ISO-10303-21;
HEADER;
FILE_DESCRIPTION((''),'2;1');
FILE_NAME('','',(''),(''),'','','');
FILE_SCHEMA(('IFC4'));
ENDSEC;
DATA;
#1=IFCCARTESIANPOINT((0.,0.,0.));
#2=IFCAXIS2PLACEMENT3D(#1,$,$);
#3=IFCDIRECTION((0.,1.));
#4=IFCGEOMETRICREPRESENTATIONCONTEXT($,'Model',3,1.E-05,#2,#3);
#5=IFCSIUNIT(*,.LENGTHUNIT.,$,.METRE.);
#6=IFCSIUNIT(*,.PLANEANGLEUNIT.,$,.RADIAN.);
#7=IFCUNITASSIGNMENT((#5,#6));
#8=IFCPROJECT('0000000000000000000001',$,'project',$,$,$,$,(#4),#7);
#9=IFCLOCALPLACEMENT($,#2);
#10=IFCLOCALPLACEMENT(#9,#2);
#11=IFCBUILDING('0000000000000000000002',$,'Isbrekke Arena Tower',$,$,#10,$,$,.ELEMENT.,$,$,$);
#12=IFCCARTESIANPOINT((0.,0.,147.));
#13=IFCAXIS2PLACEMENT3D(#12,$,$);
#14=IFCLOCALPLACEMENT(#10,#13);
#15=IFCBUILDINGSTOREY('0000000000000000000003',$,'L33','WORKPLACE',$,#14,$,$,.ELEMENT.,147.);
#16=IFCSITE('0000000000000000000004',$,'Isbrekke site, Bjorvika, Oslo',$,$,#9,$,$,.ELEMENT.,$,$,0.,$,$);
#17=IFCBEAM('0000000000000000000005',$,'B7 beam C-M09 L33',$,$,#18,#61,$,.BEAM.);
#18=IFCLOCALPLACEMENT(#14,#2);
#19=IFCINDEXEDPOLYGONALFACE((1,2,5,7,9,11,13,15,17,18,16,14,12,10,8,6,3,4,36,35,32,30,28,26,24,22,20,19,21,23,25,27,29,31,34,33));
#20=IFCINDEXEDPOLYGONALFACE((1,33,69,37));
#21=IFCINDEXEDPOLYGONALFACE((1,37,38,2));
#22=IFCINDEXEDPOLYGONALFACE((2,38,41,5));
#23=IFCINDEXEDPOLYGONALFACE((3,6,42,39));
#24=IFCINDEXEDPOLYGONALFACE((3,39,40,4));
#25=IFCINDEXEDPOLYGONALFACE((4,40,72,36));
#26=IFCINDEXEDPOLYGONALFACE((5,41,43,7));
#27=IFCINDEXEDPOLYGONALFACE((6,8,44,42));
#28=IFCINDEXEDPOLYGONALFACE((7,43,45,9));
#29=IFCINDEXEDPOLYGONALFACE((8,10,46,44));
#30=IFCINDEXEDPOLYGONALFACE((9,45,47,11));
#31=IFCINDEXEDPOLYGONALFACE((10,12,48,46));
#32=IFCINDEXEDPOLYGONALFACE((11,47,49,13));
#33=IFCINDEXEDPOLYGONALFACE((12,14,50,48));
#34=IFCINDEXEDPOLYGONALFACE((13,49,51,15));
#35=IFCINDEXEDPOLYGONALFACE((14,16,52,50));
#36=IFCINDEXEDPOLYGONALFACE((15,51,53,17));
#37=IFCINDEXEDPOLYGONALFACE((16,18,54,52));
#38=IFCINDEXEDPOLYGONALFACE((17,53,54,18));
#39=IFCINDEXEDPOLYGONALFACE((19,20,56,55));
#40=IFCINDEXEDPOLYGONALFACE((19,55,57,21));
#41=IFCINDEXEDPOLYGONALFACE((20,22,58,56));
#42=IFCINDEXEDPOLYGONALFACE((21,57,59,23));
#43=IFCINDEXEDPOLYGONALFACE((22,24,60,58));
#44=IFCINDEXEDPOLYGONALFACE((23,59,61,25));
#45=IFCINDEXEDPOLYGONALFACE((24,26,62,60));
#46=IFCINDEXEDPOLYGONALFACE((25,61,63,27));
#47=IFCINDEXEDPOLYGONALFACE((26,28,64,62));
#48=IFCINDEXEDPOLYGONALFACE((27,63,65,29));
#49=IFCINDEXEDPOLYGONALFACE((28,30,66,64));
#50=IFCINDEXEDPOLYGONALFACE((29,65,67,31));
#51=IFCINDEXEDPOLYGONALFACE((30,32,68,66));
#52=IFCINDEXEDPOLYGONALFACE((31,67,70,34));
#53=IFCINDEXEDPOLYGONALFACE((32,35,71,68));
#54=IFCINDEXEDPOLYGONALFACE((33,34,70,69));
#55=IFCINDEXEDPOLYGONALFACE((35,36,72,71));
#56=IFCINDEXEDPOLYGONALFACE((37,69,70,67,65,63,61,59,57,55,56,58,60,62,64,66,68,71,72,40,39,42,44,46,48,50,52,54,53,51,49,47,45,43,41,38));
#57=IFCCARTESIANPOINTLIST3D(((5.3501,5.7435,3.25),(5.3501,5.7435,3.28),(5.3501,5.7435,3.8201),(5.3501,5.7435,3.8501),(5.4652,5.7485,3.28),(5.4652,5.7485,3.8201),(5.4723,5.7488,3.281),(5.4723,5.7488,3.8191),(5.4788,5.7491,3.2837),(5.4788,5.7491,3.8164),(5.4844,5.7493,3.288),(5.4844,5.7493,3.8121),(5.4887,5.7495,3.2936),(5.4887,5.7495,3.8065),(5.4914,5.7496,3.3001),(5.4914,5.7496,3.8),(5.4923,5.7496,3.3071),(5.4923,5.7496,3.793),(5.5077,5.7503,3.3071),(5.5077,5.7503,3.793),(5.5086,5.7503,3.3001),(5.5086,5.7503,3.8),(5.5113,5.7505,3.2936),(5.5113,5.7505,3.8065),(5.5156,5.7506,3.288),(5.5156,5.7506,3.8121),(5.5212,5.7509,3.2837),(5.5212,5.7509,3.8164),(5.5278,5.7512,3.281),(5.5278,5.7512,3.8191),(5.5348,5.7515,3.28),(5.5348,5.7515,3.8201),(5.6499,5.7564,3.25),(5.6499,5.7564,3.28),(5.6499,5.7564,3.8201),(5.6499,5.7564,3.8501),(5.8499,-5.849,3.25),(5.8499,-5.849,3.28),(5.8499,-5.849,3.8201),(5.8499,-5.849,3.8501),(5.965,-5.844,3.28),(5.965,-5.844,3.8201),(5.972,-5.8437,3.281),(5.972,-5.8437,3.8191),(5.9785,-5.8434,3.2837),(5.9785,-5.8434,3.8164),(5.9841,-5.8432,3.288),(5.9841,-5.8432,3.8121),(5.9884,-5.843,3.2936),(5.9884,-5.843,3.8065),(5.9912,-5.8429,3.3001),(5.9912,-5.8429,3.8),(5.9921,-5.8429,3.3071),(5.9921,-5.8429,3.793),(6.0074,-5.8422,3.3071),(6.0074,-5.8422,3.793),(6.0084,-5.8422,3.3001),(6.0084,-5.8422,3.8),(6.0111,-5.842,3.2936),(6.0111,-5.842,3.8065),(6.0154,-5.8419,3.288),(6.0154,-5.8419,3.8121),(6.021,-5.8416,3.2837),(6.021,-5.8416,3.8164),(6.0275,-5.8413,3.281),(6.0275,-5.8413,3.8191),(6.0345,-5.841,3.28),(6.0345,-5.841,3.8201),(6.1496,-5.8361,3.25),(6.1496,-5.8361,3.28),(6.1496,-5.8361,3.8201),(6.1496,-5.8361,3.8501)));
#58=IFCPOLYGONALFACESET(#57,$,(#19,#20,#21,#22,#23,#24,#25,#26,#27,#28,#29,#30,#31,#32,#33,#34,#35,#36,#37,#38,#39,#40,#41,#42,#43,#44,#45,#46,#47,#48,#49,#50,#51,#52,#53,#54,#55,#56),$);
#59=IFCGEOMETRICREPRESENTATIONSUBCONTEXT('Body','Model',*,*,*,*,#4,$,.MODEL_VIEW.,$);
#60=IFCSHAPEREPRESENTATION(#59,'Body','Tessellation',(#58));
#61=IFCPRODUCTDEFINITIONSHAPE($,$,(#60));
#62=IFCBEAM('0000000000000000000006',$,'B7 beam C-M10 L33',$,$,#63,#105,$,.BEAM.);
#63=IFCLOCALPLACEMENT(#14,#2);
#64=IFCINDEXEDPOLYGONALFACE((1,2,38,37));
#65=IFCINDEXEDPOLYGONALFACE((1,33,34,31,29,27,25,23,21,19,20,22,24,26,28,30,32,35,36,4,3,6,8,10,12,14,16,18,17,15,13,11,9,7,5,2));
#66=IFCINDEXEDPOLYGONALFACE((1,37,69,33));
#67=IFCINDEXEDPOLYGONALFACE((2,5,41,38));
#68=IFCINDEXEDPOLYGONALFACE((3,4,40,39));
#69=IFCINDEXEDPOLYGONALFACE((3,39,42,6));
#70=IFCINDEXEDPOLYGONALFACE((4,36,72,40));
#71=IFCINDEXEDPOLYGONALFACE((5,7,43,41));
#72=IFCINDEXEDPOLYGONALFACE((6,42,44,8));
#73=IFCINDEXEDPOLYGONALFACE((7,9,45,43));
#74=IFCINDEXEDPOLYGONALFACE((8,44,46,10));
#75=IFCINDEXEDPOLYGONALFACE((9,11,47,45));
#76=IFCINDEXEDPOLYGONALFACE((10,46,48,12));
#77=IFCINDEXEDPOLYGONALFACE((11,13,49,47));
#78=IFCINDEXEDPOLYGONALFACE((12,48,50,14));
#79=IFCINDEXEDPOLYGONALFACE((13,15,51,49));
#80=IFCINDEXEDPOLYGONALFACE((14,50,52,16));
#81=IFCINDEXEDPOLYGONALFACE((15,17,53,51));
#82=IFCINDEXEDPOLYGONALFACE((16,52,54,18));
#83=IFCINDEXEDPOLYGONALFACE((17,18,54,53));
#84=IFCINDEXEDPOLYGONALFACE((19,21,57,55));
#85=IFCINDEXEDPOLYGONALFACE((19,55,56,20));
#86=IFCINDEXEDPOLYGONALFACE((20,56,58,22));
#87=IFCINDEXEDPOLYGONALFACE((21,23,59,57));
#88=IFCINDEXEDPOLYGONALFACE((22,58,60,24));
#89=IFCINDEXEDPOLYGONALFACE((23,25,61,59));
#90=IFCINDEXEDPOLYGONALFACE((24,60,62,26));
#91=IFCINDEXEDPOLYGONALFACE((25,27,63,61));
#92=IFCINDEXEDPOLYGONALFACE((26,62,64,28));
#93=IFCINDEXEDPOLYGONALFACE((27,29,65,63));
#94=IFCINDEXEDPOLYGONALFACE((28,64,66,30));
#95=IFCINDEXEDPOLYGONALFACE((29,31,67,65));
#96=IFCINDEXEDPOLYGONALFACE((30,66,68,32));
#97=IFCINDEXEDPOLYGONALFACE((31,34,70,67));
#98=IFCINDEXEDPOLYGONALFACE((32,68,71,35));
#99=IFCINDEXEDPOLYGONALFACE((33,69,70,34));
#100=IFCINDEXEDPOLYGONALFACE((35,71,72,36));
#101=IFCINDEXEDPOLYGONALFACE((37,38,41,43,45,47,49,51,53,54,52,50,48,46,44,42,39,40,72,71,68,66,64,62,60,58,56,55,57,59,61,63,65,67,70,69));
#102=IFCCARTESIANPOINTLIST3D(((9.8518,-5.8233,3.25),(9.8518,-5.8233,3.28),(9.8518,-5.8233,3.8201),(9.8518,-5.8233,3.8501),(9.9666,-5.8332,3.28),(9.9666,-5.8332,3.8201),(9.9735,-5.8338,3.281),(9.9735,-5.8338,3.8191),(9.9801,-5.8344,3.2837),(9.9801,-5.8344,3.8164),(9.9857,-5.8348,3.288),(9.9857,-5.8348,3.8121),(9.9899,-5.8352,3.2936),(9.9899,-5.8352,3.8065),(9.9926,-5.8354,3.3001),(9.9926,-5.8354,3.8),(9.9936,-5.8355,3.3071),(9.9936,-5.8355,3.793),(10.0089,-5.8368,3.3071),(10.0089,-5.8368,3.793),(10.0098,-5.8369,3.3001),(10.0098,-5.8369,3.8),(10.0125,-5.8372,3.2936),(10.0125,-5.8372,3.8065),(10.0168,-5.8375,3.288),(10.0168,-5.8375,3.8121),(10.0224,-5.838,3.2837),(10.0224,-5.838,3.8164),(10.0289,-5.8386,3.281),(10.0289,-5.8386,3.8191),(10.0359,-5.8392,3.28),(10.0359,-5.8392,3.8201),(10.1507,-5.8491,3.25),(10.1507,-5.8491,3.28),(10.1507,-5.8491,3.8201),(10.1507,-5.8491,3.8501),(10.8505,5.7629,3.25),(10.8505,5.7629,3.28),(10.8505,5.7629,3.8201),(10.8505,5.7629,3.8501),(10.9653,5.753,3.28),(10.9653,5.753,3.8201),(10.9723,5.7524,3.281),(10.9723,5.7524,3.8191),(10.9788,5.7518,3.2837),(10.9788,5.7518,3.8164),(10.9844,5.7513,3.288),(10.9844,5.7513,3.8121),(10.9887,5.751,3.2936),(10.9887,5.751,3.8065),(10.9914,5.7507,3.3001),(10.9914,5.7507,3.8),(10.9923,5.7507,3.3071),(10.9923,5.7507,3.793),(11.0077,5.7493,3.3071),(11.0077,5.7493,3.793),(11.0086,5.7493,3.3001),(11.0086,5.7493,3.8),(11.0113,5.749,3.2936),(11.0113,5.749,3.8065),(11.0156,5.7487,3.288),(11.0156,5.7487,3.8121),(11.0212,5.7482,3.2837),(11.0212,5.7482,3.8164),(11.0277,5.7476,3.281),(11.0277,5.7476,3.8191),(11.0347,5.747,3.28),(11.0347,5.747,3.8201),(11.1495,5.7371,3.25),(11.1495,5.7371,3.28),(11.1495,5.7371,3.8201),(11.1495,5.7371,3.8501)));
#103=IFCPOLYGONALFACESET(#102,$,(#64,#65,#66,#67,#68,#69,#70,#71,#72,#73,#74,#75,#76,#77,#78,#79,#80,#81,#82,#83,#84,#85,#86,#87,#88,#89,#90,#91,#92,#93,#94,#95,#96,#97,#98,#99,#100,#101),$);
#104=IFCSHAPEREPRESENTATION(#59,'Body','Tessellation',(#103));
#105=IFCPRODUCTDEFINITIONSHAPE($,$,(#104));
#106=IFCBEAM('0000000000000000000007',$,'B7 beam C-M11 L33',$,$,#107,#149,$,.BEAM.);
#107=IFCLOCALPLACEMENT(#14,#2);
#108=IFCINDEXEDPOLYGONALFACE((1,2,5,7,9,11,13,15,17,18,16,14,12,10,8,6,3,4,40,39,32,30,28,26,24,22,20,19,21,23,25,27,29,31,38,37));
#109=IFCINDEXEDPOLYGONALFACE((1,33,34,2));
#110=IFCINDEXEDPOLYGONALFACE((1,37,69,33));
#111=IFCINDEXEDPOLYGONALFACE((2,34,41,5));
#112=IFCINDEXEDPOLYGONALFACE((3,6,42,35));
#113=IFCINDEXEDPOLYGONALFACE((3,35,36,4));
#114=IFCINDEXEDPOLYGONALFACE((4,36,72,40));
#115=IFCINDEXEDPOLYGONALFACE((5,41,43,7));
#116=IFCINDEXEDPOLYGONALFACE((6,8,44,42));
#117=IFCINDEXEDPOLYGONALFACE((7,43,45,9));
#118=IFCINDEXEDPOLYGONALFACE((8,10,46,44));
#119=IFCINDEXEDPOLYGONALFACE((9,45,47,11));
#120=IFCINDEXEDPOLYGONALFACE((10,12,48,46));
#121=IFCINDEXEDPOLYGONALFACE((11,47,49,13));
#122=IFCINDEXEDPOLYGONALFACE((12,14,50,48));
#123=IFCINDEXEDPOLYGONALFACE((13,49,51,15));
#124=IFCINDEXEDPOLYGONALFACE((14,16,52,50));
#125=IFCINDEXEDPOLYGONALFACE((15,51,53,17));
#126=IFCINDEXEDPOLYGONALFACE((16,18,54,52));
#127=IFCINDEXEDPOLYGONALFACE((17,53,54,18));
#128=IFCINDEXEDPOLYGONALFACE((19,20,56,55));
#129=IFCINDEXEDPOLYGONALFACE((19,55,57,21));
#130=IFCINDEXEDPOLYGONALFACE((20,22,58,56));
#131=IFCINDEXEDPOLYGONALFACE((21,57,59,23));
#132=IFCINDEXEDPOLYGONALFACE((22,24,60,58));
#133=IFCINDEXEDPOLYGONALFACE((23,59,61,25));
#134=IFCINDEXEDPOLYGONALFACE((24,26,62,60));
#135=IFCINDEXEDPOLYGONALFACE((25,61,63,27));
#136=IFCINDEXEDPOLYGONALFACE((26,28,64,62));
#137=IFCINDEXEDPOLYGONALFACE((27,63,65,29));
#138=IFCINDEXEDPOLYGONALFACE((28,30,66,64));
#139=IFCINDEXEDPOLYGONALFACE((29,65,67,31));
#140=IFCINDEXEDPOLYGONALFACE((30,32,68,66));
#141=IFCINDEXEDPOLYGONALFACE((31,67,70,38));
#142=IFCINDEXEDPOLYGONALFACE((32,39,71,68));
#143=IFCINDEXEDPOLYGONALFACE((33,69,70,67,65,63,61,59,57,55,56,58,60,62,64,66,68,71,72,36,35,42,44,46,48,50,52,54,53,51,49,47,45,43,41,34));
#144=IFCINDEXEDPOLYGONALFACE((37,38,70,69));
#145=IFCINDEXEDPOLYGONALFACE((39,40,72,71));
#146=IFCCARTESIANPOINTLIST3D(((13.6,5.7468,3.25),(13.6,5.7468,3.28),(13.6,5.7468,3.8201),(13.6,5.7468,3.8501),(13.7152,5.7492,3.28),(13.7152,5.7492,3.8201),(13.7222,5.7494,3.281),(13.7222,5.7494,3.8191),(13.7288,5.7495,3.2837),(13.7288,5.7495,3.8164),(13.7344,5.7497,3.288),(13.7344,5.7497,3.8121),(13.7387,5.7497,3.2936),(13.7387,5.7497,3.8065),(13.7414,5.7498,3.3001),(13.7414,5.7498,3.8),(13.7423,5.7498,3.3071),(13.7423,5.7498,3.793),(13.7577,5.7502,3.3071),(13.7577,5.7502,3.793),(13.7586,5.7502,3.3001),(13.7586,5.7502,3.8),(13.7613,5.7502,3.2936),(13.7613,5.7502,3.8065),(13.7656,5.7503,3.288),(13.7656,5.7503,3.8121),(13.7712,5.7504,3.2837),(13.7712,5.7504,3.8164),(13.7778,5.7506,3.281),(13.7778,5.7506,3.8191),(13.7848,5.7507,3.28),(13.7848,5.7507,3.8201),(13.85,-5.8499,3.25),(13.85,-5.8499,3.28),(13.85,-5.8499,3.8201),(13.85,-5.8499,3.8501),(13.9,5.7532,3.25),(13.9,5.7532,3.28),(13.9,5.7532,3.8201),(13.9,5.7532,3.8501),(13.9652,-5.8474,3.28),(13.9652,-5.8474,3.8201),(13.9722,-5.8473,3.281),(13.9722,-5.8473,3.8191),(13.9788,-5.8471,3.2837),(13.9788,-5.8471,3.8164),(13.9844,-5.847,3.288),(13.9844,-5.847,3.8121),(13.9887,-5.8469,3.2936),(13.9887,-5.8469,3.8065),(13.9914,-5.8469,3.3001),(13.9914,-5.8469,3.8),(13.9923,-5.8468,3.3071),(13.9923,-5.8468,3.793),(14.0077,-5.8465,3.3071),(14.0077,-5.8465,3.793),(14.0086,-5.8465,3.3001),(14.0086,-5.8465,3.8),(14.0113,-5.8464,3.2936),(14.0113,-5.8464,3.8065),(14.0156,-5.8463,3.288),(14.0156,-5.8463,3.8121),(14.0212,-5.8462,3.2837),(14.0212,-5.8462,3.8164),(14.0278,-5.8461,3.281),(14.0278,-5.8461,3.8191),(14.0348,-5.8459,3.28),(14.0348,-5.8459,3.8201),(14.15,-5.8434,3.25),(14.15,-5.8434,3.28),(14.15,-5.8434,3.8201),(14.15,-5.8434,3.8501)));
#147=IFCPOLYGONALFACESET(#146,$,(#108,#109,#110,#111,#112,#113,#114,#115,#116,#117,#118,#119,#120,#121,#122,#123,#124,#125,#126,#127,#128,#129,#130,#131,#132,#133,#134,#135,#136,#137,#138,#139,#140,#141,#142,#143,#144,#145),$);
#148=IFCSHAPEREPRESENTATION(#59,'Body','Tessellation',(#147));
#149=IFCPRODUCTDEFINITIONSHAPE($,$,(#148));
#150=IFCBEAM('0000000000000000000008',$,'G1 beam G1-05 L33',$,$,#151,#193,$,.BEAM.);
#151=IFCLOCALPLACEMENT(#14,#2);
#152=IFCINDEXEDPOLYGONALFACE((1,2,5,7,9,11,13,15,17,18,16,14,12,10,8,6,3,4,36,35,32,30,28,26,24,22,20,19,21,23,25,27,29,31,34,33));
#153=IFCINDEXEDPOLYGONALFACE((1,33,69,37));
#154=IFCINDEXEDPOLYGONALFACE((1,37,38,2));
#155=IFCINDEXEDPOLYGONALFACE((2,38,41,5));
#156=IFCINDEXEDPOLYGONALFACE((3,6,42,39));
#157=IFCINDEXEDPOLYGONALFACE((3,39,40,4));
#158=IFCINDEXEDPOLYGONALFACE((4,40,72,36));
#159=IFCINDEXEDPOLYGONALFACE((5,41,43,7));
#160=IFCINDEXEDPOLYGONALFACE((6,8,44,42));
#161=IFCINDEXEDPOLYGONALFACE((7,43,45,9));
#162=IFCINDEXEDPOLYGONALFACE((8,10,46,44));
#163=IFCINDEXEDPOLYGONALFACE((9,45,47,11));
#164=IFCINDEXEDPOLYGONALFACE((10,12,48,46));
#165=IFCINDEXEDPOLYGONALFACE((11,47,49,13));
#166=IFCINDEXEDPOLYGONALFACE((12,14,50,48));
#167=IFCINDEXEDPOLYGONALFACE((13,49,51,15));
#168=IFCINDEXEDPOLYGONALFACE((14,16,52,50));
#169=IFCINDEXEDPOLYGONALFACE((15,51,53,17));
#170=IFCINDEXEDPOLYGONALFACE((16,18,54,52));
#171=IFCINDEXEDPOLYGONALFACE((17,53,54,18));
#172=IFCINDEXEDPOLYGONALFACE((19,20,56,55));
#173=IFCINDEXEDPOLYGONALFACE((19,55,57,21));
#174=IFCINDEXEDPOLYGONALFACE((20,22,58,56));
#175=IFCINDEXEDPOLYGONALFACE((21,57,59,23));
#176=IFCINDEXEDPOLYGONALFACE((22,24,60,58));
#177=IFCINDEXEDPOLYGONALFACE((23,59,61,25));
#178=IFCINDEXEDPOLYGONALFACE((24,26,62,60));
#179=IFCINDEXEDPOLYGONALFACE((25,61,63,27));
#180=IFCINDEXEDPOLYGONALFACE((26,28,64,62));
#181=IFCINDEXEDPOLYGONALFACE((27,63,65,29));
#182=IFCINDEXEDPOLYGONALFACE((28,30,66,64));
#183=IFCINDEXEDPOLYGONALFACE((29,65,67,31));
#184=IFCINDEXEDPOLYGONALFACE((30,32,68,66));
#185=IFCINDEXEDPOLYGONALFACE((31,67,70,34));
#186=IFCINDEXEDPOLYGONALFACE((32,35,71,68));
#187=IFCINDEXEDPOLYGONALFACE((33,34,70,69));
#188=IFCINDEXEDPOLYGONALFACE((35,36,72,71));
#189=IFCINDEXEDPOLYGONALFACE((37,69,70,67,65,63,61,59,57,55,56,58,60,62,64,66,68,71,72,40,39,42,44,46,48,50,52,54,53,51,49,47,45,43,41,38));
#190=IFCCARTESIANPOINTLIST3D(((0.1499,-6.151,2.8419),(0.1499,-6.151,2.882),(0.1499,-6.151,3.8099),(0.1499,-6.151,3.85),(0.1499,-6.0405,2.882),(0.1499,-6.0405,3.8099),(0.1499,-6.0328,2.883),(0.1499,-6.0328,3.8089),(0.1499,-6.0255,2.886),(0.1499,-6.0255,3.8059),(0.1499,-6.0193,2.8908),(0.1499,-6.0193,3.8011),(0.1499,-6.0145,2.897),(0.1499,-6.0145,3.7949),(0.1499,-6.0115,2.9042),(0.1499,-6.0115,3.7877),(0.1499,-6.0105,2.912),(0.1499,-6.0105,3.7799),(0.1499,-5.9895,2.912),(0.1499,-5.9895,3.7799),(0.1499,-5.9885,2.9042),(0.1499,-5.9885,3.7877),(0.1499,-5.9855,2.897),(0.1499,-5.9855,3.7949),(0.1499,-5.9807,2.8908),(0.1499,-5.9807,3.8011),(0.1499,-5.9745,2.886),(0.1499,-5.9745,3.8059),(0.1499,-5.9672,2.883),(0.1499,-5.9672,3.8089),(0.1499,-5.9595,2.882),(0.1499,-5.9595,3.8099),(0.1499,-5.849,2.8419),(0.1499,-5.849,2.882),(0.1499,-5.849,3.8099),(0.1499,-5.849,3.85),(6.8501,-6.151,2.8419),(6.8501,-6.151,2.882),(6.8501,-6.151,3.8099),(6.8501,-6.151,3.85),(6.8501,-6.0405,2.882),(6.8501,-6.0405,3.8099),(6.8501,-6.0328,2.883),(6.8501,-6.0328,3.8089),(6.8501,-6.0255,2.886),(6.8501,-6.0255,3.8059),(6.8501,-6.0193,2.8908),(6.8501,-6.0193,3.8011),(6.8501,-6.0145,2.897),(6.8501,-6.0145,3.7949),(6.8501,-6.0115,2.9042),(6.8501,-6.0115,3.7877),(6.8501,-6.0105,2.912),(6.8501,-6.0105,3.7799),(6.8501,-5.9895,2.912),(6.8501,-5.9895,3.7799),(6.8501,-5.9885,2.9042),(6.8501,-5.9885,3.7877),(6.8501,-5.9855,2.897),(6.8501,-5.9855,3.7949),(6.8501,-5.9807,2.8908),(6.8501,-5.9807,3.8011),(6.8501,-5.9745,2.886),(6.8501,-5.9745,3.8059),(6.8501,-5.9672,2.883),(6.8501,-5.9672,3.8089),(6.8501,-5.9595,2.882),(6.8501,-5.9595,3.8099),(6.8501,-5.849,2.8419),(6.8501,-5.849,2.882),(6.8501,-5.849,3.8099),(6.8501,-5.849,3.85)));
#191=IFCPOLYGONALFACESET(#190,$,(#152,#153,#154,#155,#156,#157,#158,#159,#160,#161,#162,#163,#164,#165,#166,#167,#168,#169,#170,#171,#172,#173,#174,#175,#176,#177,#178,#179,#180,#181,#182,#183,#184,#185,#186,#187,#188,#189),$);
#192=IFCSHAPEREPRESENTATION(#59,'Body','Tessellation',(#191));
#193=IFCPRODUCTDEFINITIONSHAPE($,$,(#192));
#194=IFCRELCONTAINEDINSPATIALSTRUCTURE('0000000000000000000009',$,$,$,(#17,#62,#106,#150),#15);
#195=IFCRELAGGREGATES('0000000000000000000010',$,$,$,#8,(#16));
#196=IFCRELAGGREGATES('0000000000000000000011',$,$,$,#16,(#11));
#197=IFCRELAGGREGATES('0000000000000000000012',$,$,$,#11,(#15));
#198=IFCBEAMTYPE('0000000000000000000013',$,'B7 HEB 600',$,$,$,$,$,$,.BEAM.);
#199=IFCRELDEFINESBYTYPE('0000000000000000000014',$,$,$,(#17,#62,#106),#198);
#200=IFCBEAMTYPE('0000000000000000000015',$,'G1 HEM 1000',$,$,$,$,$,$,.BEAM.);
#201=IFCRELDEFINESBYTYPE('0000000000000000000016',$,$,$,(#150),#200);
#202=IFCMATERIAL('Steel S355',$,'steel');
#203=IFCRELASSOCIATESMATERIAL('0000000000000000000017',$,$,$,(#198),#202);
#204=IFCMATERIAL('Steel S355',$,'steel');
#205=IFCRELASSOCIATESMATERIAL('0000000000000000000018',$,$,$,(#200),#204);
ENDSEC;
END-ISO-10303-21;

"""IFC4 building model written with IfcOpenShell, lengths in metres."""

from ifc_helpers import new_model, si_unit, direction, frame, origin, origin_2d, place, context, subcontext, project, spatial, i_section, extrude, material, material_profile, profile_set, type_object, element, save


model = new_model("IFC4")

# Units and contexts
model_context = context("Model", 3, precision=1e-05, world=origin(), true_north=direction((0.0, 1.0)))
body_context = subcontext(model_context, "Body", "Model", "MODEL_VIEW")
ifc_project = project(units=[si_unit("LENGTHUNIT", "METRE"), si_unit("PLANEANGLEUNIT", "RADIAN")], contexts=[model_context])

# Site, building, storey
site_placement = place(None, origin())
site = spatial("IfcSite", under=ifc_project, at=site_placement, Name="Isbrekke site, Bjorvika, Oslo", CompositionType="ELEMENT", RefElevation=0.0)
building_placement = place(site_placement, origin())
building = spatial("IfcBuilding", under=site, at=building_placement, Name="Isbrekke Arena Tower", CompositionType="ELEMENT")
storey_placement = place(building_placement, frame((0.0, 0.0, 147.0)))
storey = spatial("IfcBuildingStorey", under=building, at=storey_placement, Name="L33", Description="WORKPLACE", CompositionType="ELEMENT", Elevation=147.0)

# Beams
ifc_material_1 = material(Name="Steel S355", Category="steel")
ifc_material_profile_1 = material_profile(ifc_material_1, i_section(OverallWidth=0.3, OverallDepth=0.6001, WebThickness=0.0154, FlangeThickness=0.03, FilletRadius=0.0271, at=origin_2d()), Name="HEB 600")
ifc_profile_set_1 = profile_set([ifc_material_profile_1], Name="Steel S355")
beam_type_1 = type_object("IfcBeamType", Name="B7 HEB 600", PredefinedType="BEAM", material=ifc_profile_set_1)
beam_1_placement = place(storey_placement, frame((5.9998, -5.8425, 3.55), z_axis=(-0.04307, 0.999072, 0.0), x_axis=(-0.999072, -0.04307, 0.0)))
element("IfcBeam", 1, at=beam_1_placement, inside=storey, type_object=beam_type_1, Name="B7 beam C-M09 L33", PredefinedType="BEAM", context=body_context, shape_type="SweptSolid", body=[
    extrude(i_section(OverallWidth=0.3, OverallDepth=0.6001, WebThickness=0.0154, FlangeThickness=0.03, FilletRadius=0.0271, at=origin_2d()), origin(), (0.0, 0.0, 1.0), 11.6033),
])
beam_2_placement = place(storey_placement, frame((10.0012, -5.8362, 3.55), z_axis=(0.085886, 0.996305, 0.0), x_axis=(-0.996305, 0.085886, 0.0)))
element("IfcBeam", 2, at=beam_2_placement, inside=storey, type_object=beam_type_1, Name="B7 beam C-M10 L33", PredefinedType="BEAM", context=body_context, shape_type="SweptSolid", body=[
    extrude(i_section(OverallWidth=0.3, OverallDepth=0.6001, WebThickness=0.0154, FlangeThickness=0.03, FilletRadius=0.0271, at=origin_2d()), origin(), (0.0, 0.0, 1.0), 11.6292),
])
beam_3_placement = place(storey_placement, frame((14.0, -5.8467, 3.55), z_axis=(-0.021553, 0.999768, 0.0), x_axis=(-0.999768, -0.021553, 0.0)))
element("IfcBeam", 3, at=beam_3_placement, inside=storey, type_object=beam_type_1, Name="B7 beam C-M11 L33", PredefinedType="BEAM", context=body_context, shape_type="SweptSolid", body=[
    extrude(i_section(OverallWidth=0.3, OverallDepth=0.6001, WebThickness=0.0154, FlangeThickness=0.03, FilletRadius=0.0271, at=origin_2d()), origin(), (0.0, 0.0, 1.0), 11.5994),
])
ifc_material_2 = material(Name="Steel S355", Category="steel")
ifc_material_profile_2 = material_profile(ifc_material_2, i_section(OverallWidth=0.302, OverallDepth=1.0081, WebThickness=0.021, FlangeThickness=0.04, FilletRadius=0.03, at=origin_2d()), Name="HEM 1000")
ifc_profile_set_2 = profile_set([ifc_material_profile_2], Name="Steel S355")
beam_type_2 = type_object("IfcBeamType", Name="G1 HEM 1000", PredefinedType="BEAM", material=ifc_profile_set_2)
for number, where, z_axis, x_axis, name in (
    (4, (0.1499, -6.0, 3.3459), (1.0, 0.0, 0.0), (0.0, 1.0, 0.0), "G1 beam G1-05 L33"),
):
    element("IfcBeam", number, at=place(storey_placement, frame(where, z_axis=z_axis, x_axis=x_axis)), inside=storey, type_object=beam_type_2, Name=name, PredefinedType="BEAM", context=body_context, shape_type="SweptSolid", body=[
        extrude(i_section(OverallWidth=0.302, OverallDepth=1.0081, WebThickness=0.021, FlangeThickness=0.04, FilletRadius=0.03, at=origin_2d()), origin(), (0.0, 0.0, 1.0), 6.7002),
    ])

save(model, "model.ifc")
